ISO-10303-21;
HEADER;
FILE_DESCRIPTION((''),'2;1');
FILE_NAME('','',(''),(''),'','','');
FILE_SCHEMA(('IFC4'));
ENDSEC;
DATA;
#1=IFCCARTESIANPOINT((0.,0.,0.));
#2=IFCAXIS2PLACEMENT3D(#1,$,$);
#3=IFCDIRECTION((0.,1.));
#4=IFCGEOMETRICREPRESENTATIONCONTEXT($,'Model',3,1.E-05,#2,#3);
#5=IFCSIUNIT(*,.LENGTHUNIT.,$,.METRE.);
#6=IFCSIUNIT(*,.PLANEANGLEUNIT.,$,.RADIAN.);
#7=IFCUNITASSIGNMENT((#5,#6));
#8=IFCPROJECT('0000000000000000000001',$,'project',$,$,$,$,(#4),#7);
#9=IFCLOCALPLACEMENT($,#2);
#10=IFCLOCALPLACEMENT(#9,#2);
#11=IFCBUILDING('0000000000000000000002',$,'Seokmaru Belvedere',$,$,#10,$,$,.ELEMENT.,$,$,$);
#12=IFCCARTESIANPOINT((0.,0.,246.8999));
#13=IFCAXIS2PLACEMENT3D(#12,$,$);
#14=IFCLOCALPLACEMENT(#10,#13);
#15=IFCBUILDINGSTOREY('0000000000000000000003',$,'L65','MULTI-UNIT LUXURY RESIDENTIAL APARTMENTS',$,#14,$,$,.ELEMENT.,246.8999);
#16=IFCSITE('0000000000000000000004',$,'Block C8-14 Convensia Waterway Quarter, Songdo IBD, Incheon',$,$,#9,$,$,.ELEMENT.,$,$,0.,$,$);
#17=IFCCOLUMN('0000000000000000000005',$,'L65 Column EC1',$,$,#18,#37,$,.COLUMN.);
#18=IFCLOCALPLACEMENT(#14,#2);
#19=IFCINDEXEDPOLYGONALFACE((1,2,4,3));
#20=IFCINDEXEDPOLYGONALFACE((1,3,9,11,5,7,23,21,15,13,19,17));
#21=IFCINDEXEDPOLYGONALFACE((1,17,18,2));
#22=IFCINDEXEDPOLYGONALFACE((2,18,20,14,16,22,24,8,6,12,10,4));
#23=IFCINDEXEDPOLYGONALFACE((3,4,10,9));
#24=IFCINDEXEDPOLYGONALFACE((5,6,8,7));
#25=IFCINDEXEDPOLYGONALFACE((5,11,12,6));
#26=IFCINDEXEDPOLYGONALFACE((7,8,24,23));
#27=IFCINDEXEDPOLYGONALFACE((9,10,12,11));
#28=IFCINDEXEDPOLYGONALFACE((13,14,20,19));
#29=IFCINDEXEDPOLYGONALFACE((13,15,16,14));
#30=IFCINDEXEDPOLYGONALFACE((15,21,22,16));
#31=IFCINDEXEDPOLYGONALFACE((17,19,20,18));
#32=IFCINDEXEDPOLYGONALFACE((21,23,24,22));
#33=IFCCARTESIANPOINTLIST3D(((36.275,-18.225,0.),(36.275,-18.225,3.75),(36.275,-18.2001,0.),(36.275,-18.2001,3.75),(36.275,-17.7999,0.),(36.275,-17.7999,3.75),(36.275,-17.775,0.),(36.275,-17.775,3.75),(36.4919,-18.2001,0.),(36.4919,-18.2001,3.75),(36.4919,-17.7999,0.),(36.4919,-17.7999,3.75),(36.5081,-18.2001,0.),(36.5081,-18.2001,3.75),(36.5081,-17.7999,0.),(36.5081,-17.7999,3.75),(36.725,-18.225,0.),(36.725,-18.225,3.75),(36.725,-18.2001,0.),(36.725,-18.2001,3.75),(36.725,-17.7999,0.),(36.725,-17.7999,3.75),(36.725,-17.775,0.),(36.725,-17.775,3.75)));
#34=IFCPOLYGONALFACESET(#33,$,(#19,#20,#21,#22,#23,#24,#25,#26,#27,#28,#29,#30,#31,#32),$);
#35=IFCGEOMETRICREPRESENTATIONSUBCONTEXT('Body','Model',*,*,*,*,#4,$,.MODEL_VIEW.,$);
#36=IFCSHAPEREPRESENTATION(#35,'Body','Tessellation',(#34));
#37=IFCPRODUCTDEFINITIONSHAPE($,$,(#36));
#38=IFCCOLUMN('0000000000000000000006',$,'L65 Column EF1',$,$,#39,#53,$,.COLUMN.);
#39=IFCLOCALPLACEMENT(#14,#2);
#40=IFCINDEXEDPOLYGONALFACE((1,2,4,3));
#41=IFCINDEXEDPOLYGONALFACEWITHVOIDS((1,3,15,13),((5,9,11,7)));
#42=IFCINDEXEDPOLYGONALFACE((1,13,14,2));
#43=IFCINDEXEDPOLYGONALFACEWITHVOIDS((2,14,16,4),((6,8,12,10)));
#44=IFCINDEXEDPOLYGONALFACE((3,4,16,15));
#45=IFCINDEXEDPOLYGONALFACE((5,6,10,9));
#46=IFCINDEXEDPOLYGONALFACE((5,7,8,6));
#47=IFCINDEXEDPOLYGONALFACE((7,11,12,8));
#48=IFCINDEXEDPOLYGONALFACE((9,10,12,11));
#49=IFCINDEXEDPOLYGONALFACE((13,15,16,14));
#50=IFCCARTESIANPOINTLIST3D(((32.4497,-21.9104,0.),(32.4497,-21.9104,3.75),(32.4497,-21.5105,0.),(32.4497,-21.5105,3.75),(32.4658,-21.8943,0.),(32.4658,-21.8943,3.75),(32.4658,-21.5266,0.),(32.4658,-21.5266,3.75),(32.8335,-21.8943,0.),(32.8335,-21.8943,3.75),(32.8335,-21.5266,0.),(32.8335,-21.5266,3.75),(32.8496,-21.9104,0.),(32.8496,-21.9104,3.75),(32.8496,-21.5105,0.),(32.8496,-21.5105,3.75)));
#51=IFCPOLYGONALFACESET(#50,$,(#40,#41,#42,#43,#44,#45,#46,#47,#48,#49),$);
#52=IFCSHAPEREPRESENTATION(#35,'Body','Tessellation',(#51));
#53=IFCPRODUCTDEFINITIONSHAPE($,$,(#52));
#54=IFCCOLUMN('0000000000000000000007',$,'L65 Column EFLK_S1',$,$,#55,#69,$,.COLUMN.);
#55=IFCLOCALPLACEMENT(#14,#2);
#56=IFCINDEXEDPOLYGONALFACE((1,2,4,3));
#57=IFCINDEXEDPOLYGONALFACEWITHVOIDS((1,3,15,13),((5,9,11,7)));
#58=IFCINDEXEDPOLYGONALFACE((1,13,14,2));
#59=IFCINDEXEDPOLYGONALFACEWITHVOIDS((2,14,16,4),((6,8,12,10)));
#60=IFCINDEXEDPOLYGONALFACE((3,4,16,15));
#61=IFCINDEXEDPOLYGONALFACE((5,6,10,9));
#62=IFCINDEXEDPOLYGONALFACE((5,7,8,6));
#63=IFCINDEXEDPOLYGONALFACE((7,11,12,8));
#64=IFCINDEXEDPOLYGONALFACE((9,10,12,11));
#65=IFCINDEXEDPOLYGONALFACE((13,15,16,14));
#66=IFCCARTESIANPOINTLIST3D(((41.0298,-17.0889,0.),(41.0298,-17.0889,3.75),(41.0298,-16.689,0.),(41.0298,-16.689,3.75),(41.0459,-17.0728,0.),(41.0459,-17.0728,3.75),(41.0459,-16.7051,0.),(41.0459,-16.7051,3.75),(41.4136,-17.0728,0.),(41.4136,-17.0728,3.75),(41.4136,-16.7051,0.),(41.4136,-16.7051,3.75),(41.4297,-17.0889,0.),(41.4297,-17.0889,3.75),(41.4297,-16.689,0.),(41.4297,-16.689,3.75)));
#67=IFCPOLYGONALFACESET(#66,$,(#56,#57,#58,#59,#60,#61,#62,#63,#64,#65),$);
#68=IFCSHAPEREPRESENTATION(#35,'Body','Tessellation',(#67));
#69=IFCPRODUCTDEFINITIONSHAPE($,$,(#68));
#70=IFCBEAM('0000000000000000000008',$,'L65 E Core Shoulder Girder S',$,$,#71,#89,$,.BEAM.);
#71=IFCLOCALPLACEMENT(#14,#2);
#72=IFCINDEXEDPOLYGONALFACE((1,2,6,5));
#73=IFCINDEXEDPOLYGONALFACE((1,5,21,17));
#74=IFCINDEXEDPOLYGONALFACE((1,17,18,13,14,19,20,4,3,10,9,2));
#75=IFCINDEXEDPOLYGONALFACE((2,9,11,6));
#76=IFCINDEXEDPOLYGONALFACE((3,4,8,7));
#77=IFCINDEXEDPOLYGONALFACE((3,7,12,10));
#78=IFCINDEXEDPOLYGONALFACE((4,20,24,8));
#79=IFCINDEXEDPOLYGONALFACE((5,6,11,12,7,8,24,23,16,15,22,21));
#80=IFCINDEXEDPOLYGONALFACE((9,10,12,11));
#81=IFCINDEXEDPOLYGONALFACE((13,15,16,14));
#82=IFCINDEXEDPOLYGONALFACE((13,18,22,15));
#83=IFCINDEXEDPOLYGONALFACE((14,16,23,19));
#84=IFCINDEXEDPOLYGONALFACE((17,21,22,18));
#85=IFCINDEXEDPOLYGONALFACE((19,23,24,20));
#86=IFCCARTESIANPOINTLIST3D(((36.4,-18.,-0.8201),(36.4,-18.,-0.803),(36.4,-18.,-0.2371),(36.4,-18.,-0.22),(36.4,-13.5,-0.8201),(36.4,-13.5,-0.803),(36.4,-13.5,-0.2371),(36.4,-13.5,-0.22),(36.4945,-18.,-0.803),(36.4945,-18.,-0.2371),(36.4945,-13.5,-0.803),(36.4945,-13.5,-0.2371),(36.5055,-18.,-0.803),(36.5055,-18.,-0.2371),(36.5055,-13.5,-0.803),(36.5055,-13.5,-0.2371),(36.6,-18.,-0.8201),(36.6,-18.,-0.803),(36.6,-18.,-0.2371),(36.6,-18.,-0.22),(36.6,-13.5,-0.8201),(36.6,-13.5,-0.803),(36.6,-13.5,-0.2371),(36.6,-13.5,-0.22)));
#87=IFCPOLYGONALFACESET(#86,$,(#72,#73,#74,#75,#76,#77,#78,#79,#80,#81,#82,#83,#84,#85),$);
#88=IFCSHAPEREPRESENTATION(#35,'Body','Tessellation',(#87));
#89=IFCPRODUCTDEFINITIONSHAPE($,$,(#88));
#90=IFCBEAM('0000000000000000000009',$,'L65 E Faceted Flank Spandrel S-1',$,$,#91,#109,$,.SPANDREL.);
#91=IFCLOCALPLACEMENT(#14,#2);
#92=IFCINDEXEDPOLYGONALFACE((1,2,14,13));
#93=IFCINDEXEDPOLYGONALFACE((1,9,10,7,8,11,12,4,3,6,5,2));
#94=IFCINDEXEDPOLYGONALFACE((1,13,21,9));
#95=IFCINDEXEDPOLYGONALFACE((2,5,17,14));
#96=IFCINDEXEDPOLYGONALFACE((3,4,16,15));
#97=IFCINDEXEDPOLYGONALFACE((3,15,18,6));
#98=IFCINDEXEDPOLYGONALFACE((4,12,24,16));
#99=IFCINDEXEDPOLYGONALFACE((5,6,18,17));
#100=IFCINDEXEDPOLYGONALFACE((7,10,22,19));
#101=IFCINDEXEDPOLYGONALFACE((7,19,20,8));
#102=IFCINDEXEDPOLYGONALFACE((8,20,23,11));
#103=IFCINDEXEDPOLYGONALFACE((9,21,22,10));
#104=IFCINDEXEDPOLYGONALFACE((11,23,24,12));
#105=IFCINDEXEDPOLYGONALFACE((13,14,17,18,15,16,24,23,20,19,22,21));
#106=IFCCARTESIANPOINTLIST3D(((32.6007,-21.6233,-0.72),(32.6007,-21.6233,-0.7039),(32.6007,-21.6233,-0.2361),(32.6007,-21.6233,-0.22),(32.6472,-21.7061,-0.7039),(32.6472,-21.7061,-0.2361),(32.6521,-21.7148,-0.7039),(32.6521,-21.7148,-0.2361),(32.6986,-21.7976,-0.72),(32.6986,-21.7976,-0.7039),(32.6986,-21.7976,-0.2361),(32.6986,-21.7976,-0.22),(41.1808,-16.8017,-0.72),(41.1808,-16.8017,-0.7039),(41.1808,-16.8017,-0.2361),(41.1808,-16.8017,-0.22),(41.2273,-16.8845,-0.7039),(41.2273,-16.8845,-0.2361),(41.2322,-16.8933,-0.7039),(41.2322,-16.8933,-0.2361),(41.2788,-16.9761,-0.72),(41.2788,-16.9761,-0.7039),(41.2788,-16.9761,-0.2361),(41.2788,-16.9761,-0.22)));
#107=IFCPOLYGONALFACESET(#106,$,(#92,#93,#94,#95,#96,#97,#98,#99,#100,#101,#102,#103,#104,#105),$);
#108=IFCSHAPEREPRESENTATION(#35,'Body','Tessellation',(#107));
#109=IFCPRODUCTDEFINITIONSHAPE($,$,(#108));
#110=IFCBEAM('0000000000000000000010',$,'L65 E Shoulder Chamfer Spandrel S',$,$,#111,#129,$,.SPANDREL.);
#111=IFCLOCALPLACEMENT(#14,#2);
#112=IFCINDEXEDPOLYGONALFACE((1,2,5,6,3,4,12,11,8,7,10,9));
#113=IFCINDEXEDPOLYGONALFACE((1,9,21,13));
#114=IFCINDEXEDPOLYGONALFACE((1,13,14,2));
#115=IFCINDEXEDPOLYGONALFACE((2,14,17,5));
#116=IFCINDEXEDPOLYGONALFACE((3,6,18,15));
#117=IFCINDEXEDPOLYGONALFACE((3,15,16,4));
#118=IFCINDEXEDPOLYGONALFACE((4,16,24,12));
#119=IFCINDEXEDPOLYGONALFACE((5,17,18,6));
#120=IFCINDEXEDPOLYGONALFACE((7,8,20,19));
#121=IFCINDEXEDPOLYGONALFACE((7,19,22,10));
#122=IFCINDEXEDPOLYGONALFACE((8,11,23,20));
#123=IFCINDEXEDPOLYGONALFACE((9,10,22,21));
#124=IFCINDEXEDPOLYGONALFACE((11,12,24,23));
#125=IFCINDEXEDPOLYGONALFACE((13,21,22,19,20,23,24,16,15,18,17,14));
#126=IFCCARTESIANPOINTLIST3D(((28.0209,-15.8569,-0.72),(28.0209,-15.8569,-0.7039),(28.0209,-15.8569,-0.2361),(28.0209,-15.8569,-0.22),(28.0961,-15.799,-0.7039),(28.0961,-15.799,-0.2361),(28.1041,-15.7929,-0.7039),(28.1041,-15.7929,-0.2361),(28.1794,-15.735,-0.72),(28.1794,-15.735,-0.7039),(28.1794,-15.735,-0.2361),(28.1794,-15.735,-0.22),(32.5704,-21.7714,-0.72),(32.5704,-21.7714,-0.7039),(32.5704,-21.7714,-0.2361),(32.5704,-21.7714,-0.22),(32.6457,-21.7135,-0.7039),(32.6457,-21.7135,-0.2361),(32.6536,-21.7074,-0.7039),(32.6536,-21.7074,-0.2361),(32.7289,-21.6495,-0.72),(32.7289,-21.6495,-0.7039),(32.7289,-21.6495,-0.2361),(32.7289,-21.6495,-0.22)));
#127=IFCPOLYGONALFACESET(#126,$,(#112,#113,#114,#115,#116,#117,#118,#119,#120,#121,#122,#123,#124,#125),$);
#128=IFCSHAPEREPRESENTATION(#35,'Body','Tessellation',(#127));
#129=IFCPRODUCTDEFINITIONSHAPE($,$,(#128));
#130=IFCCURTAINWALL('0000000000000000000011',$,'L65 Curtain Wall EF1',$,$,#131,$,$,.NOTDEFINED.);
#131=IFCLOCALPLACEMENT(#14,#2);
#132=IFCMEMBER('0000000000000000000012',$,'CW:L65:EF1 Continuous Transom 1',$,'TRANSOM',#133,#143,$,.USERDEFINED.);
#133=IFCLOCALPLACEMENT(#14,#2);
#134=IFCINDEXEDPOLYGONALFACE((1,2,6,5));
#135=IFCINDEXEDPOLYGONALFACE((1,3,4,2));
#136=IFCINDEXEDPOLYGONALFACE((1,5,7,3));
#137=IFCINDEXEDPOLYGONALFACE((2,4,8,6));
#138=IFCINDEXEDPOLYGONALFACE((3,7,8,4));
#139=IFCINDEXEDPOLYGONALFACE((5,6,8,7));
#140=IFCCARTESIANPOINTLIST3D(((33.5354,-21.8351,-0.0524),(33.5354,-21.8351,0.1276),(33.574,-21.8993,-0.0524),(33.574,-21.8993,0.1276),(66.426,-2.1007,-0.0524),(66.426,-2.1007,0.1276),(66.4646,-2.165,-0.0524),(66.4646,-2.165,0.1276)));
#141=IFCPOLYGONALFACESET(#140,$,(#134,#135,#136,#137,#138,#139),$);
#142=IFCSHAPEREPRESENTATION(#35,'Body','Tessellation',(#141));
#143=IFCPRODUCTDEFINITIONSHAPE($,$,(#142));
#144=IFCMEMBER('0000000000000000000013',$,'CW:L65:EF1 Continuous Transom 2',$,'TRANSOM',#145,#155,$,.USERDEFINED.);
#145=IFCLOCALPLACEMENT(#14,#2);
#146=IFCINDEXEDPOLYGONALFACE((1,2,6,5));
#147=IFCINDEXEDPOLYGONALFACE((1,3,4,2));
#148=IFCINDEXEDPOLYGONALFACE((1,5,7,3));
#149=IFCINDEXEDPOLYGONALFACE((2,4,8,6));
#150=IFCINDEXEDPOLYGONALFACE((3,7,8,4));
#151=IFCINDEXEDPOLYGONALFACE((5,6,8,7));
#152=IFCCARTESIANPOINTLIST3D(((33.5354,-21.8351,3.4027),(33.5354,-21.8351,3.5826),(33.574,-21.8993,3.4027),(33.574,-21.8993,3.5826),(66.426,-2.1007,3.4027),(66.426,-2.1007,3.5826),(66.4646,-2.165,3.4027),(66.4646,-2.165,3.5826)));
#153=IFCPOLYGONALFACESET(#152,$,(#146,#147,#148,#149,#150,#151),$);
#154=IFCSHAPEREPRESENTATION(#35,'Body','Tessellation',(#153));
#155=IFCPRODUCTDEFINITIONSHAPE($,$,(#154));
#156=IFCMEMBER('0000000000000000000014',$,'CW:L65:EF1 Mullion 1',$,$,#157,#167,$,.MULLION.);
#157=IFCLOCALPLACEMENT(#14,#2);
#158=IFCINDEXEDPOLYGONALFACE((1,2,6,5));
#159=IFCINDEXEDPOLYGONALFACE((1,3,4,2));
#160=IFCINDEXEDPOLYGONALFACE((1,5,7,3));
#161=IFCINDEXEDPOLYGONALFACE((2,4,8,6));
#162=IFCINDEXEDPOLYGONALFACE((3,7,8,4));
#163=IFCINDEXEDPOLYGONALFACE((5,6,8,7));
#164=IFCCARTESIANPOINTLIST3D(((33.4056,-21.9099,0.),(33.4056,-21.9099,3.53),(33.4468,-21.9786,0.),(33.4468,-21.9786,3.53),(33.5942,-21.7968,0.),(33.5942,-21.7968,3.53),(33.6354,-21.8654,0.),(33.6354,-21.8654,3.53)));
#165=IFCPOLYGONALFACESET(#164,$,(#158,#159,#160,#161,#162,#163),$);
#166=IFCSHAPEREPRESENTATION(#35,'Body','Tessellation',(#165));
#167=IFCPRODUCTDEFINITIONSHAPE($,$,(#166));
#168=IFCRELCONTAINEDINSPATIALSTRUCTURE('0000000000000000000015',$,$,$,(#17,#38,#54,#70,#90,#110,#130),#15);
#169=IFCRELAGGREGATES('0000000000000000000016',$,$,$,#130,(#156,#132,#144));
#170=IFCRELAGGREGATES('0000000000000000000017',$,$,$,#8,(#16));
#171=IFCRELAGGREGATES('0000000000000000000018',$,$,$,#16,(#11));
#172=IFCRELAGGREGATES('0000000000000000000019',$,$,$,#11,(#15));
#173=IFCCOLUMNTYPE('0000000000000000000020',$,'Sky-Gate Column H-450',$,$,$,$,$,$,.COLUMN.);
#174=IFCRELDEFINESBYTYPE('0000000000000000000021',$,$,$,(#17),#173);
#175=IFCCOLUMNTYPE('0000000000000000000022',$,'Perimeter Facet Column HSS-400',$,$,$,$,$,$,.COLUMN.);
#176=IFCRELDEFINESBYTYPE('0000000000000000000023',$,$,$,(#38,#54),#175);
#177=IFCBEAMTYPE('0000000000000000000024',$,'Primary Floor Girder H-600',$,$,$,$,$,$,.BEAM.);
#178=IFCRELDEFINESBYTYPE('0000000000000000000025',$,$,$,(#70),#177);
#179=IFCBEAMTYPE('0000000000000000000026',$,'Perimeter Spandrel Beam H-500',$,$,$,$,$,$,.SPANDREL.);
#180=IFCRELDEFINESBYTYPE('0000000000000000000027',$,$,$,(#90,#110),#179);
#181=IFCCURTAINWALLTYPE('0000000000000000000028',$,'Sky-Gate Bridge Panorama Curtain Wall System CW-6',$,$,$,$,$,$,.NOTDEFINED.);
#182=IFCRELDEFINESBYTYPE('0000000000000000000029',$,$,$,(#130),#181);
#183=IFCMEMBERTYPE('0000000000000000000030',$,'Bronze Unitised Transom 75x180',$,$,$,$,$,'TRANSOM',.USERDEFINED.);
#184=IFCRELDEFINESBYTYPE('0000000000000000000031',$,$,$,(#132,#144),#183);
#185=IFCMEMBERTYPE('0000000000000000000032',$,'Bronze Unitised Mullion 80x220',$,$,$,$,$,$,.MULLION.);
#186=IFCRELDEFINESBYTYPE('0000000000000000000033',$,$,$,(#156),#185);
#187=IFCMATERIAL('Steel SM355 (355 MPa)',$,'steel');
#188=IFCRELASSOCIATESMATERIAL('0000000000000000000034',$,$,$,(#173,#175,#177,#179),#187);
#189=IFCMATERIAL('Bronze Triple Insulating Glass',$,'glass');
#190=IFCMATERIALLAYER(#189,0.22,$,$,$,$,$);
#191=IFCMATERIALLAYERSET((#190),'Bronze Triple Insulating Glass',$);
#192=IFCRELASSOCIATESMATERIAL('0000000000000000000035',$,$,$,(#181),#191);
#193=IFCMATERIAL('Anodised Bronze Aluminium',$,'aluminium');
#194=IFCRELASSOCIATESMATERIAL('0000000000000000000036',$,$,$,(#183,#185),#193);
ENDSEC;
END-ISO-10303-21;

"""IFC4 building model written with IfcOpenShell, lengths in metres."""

from ifc_helpers import new_model, si_unit, direction, frame, origin, origin_2d, place, context, subcontext, project, spatial, rectangle, hollow_rectangle, i_section, extrude, source, transform, mapped, material, layer, layer_set, material_profile, profile_set, type_object, type_shapes, element, aggregate, save


model = new_model("IFC4")

# Units and contexts
model_context = context("Model", 3, precision=1e-05, world=origin(), true_north=direction((0.0, 1.0)))
body_context = subcontext(model_context, "Body", "Model", "MODEL_VIEW")
ifc_project = project(units=[si_unit("LENGTHUNIT", "METRE"), si_unit("PLANEANGLEUNIT", "RADIAN")], contexts=[model_context])

# Site, building, storey
site_placement = place(None, origin())
site = spatial("IfcSite", under=ifc_project, at=site_placement, Name="Block C8-14 Convensia Waterway Quarter, Songdo IBD, Incheon", CompositionType="ELEMENT", RefElevation=0.0)
building_placement = place(site_placement, origin())
building = spatial("IfcBuilding", under=site, at=building_placement, Name="Seokmaru Belvedere", CompositionType="ELEMENT")
storey_placement = place(building_placement, frame((0.0, 0.0, 246.8999)))
storey = spatial("IfcBuildingStorey", under=building, at=storey_placement, Name="L65", Description="MULTI-UNIT LUXURY RESIDENTIAL APARTMENTS", CompositionType="ELEMENT", Elevation=246.8999)

# Columns
ifc_material_1 = material(Name="Steel SM355 (355 MPa)", Category="steel")
ifc_material_profile_1 = material_profile(ifc_material_1, i_section(OverallWidth=0.45, OverallDepth=0.45, WebThickness=0.0161, FlangeThickness=0.0249, at=origin_2d()), Name="H-450x450x16x25")
ifc_profile_set_1 = profile_set([ifc_material_profile_1], Name="Steel SM355 (355 MPa)")
column_type_1 = type_object("IfcColumnType", Name="Sky-Gate Column H-450", PredefinedType="COLUMN", material=ifc_profile_set_1)
shared_shape_1 = source(origin(), body_context, "Body", "SweptSolid", [
    extrude(i_section(OverallWidth=0.45, OverallDepth=0.45, WebThickness=0.0161, FlangeThickness=0.0249, at=origin_2d()), origin(), (0.0, 0.0, 1.0), 3.75),
])
type_shapes(column_type_1, [shared_shape_1])
column_placement = place(storey_placement, frame((36.5, -18.0, 0.0), z_axis=(0.0, 0.0, 1.0), x_axis=(1.0, 0.0, 0.0)))
element("IfcColumn", 1, at=column_placement, inside=storey, type_object=column_type_1, Name="L65 Column EC1", PredefinedType="COLUMN", context=body_context, shape_type="MappedRepresentation", body=[
    mapped(shared_shape_1, transform((0.0, 0.0, 0.0), scale=1.0)),
])
ifc_material_profile_2 = material_profile(ifc_material_1, hollow_rectangle(XDim=0.3999, YDim=0.3999, WallThickness=0.0161, at=origin_2d()), Name="HSS-400x400x16")
ifc_profile_set_2 = profile_set([ifc_material_profile_2], Name="Steel SM355 (355 MPa)")
column_type_2 = type_object("IfcColumnType", Name="Perimeter Facet Column HSS-400", PredefinedType="COLUMN", material=ifc_profile_set_2)
shared_shape_2 = source(origin(), body_context, "Body", "SweptSolid", [
    extrude(hollow_rectangle(XDim=0.3999, YDim=0.3999, WallThickness=0.0161, at=origin_2d()), origin(), (0.0, 0.0, 1.0), 3.75),
])
type_shapes(column_type_2, [shared_shape_2])
for number, where, z_axis, x_axis, name in (
    (2, (32.6497, -21.7104, 0.0), (0.0, 0.0, 1.0), (1.0, 0.0, 0.0), "L65 Column EF1"),
    (3, (41.2297, -16.8889, 0.0), (0.0, 0.0, 1.0), (1.0, 0.0, 0.0), "L65 Column EFLK_S1"),
):
    element("IfcColumn", number, at=place(storey_placement, frame(where, z_axis=z_axis, x_axis=x_axis)), inside=storey, type_object=column_type_2, Name=name, PredefinedType="COLUMN", context=body_context, shape_type="MappedRepresentation", body=[
        mapped(shared_shape_2, transform((0.0, 0.0, 0.0), scale=1.0)),
    ])

# Beams
ifc_material_profile_3 = material_profile(ifc_material_1, i_section(OverallWidth=0.2, OverallDepth=0.6001, WebThickness=0.011, FlangeThickness=0.0171, at=origin_2d()), Name="H-600x200x11x17")
ifc_profile_set_3 = profile_set([ifc_material_profile_3], Name="Steel SM355 (355 MPa)")
beam_type_1 = type_object("IfcBeamType", Name="Primary Floor Girder H-600", PredefinedType="BEAM", material=ifc_profile_set_3)
shared_shape_3 = source(origin(), body_context, "Body", "SweptSolid", [
    extrude(i_section(OverallWidth=0.2, OverallDepth=0.6001, WebThickness=0.011, FlangeThickness=0.0171, at=origin_2d()), origin(), (0.0, 0.0, 1.0), 4.5),
])
type_shapes(beam_type_1, [shared_shape_3])
beam_1_placement = place(storey_placement, frame((36.5, -18.0, -0.52), z_axis=(0.0, 1.0, 0.0), x_axis=(-1.0, 0.0, 0.0)))
element("IfcBeam", 4, at=beam_1_placement, inside=storey, type_object=beam_type_1, Name="L65 E Core Shoulder Girder S", PredefinedType="BEAM", context=body_context, shape_type="MappedRepresentation", body=[
    mapped(shared_shape_3, transform((0.0, 0.0, 0.0), scale=1.0)),
])
ifc_material_profile_4 = material_profile(ifc_material_1, i_section(OverallWidth=0.2, OverallDepth=0.5, WebThickness=0.01, FlangeThickness=0.0161, at=origin_2d()), Name="H-500x200x10x16")
ifc_profile_set_4 = profile_set([ifc_material_profile_4], Name="Steel SM355 (355 MPa)")
beam_type_2 = type_object("IfcBeamType", Name="Perimeter Spandrel Beam H-500", PredefinedType="SPANDREL", material=ifc_profile_set_4)
shared_shape_4 = source(origin(), body_context, "Body", "SweptSolid", [
    extrude(i_section(OverallWidth=0.2, OverallDepth=0.5, WebThickness=0.01, FlangeThickness=0.0161, at=origin_2d()), origin(), (0.0, 0.0, 1.0), 9.842),
])
beam_2_placement = place(storey_placement, frame((32.6497, -21.7104, -0.47), z_axis=(0.871782, 0.489894, 0.0), x_axis=(-0.489894, 0.871782, 0.0)))
element("IfcBeam", 5, at=beam_2_placement, inside=storey, type_object=beam_type_2, Name="L65 E Faceted Flank Spandrel S-1", PredefinedType="SPANDREL", context=body_context, shape_type="MappedRepresentation", body=[
    mapped(shared_shape_4, transform((0.0, 0.0, 0.0), scale=1.0)),
])
shared_shape_5 = source(origin(), body_context, "Body", "SweptSolid", [
    extrude(i_section(OverallWidth=0.2, OverallDepth=0.5, WebThickness=0.01, FlangeThickness=0.0161, at=origin_2d()), origin(), (0.0, 0.0, 1.0), 7.4619),
])
type_shapes(beam_type_2, [shared_shape_4, shared_shape_5])
beam_3_placement = place(storey_placement, frame((32.6497, -21.7104, -0.47), z_axis=(-0.609703, 0.79263, 0.0), x_axis=(-0.79263, -0.609703, 0.0)))
element("IfcBeam", 6, at=beam_3_placement, inside=storey, type_object=beam_type_2, Name="L65 E Shoulder Chamfer Spandrel S", PredefinedType="SPANDREL", context=body_context, shape_type="MappedRepresentation", body=[
    mapped(shared_shape_5, transform((0.0, 0.0, 0.0), scale=1.0)),
])

# Curtain wall, members
ifc_material_2 = material(Name="Bronze Triple Insulating Glass", Category="glass")
ifc_layer_1 = layer(ifc_material_2, 0.22)
ifc_layer_set_1 = layer_set([ifc_layer_1], Name="Bronze Triple Insulating Glass")
curtain_wall_type = type_object("IfcCurtainWallType", Name="Sky-Gate Bridge Panorama Curtain Wall System CW-6", PredefinedType="NOTDEFINED", material=ifc_layer_set_1)
curtain_wall_1_placement = place(storey_placement, origin())
curtain_wall_1 = element("IfcCurtainWall", 7, at=curtain_wall_1_placement, inside=storey, type_object=curtain_wall_type, Name="L65 Curtain Wall EF1", PredefinedType="NOTDEFINED")
ifc_material_3 = material(Name="Anodised Bronze Aluminium", Category="aluminium")
ifc_material_profile_5 = material_profile(ifc_material_3, rectangle(XDim=0.075, YDim=0.1799, at=origin_2d()), Name="CW-T-75x180")
ifc_profile_set_5 = profile_set([ifc_material_profile_5], Name="Anodised Bronze Aluminium")
member_type_1 = type_object("IfcMemberType", Name="Bronze Unitised Transom 75x180", ElementType="TRANSOM", PredefinedType="USERDEFINED", material=ifc_profile_set_5)
shared_shape_6 = source(origin(), body_context, "Body", "SweptSolid", [
    extrude(rectangle(XDim=0.075, YDim=0.1799, at=origin_2d()), origin(), (0.0, 0.0, 1.0), 38.3567),
])
type_shapes(member_type_1, [shared_shape_6])
member_1_placement = place(storey_placement, frame((33.5547, -21.8672, 0.0376), z_axis=(0.857493, 0.514496, 0.0), x_axis=(-0.514496, 0.857493, 0.0)))
member_1 = element("IfcMember", 8, at=member_1_placement, type_object=member_type_1, Name="CW:L65:EF1 Continuous Transom 1", ObjectType="TRANSOM", PredefinedType="USERDEFINED", context=body_context, shape_type="MappedRepresentation", body=[
    mapped(shared_shape_6, transform((0.0, 0.0, 0.0), scale=1.0)),
])
member_2_placement = place(storey_placement, frame((33.5547, -21.8672, 3.4927), z_axis=(0.857493, 0.514496, 0.0), x_axis=(-0.514496, 0.857493, 0.0)))
member_2 = element("IfcMember", 9, at=member_2_placement, type_object=member_type_1, Name="CW:L65:EF1 Continuous Transom 2", ObjectType="TRANSOM", PredefinedType="USERDEFINED", context=body_context, shape_type="MappedRepresentation", body=[
    mapped(shared_shape_6, transform((0.0, 0.0, 0.0), scale=1.0)),
])
ifc_material_profile_6 = material_profile(ifc_material_3, rectangle(XDim=0.0801, YDim=0.22, at=origin_2d()), Name="CW-M-80x220")
ifc_profile_set_6 = profile_set([ifc_material_profile_6], Name="Anodised Bronze Aluminium")
member_type_2 = type_object("IfcMemberType", Name="Bronze Unitised Mullion 80x220", PredefinedType="MULLION", material=ifc_profile_set_6)
shared_shape_7 = source(origin(), body_context, "Body", "SweptSolid", [
    extrude(rectangle(XDim=0.0801, YDim=0.22, at=origin_2d()), origin(), (0.0, 0.0, 1.0), 3.53),
])
member_3_placement = place(storey_placement, frame((33.5205, -21.8877, 0.0), z_axis=(0.0, 0.0, 1.0), x_axis=(-0.514495, 0.857493, 0.0)))
member_3 = element("IfcMember", 10, at=member_3_placement, type_object=member_type_2, Name="CW:L65:EF1 Mullion 1", PredefinedType="MULLION", context=body_context, shape_type="MappedRepresentation", body=[
    mapped(shared_shape_7, transform((0.0, 0.0, 0.0), scale=1.0)),
])

aggregate(curtain_wall_1, [member_3, member_1, member_2])

save(model, "model.ifc")
